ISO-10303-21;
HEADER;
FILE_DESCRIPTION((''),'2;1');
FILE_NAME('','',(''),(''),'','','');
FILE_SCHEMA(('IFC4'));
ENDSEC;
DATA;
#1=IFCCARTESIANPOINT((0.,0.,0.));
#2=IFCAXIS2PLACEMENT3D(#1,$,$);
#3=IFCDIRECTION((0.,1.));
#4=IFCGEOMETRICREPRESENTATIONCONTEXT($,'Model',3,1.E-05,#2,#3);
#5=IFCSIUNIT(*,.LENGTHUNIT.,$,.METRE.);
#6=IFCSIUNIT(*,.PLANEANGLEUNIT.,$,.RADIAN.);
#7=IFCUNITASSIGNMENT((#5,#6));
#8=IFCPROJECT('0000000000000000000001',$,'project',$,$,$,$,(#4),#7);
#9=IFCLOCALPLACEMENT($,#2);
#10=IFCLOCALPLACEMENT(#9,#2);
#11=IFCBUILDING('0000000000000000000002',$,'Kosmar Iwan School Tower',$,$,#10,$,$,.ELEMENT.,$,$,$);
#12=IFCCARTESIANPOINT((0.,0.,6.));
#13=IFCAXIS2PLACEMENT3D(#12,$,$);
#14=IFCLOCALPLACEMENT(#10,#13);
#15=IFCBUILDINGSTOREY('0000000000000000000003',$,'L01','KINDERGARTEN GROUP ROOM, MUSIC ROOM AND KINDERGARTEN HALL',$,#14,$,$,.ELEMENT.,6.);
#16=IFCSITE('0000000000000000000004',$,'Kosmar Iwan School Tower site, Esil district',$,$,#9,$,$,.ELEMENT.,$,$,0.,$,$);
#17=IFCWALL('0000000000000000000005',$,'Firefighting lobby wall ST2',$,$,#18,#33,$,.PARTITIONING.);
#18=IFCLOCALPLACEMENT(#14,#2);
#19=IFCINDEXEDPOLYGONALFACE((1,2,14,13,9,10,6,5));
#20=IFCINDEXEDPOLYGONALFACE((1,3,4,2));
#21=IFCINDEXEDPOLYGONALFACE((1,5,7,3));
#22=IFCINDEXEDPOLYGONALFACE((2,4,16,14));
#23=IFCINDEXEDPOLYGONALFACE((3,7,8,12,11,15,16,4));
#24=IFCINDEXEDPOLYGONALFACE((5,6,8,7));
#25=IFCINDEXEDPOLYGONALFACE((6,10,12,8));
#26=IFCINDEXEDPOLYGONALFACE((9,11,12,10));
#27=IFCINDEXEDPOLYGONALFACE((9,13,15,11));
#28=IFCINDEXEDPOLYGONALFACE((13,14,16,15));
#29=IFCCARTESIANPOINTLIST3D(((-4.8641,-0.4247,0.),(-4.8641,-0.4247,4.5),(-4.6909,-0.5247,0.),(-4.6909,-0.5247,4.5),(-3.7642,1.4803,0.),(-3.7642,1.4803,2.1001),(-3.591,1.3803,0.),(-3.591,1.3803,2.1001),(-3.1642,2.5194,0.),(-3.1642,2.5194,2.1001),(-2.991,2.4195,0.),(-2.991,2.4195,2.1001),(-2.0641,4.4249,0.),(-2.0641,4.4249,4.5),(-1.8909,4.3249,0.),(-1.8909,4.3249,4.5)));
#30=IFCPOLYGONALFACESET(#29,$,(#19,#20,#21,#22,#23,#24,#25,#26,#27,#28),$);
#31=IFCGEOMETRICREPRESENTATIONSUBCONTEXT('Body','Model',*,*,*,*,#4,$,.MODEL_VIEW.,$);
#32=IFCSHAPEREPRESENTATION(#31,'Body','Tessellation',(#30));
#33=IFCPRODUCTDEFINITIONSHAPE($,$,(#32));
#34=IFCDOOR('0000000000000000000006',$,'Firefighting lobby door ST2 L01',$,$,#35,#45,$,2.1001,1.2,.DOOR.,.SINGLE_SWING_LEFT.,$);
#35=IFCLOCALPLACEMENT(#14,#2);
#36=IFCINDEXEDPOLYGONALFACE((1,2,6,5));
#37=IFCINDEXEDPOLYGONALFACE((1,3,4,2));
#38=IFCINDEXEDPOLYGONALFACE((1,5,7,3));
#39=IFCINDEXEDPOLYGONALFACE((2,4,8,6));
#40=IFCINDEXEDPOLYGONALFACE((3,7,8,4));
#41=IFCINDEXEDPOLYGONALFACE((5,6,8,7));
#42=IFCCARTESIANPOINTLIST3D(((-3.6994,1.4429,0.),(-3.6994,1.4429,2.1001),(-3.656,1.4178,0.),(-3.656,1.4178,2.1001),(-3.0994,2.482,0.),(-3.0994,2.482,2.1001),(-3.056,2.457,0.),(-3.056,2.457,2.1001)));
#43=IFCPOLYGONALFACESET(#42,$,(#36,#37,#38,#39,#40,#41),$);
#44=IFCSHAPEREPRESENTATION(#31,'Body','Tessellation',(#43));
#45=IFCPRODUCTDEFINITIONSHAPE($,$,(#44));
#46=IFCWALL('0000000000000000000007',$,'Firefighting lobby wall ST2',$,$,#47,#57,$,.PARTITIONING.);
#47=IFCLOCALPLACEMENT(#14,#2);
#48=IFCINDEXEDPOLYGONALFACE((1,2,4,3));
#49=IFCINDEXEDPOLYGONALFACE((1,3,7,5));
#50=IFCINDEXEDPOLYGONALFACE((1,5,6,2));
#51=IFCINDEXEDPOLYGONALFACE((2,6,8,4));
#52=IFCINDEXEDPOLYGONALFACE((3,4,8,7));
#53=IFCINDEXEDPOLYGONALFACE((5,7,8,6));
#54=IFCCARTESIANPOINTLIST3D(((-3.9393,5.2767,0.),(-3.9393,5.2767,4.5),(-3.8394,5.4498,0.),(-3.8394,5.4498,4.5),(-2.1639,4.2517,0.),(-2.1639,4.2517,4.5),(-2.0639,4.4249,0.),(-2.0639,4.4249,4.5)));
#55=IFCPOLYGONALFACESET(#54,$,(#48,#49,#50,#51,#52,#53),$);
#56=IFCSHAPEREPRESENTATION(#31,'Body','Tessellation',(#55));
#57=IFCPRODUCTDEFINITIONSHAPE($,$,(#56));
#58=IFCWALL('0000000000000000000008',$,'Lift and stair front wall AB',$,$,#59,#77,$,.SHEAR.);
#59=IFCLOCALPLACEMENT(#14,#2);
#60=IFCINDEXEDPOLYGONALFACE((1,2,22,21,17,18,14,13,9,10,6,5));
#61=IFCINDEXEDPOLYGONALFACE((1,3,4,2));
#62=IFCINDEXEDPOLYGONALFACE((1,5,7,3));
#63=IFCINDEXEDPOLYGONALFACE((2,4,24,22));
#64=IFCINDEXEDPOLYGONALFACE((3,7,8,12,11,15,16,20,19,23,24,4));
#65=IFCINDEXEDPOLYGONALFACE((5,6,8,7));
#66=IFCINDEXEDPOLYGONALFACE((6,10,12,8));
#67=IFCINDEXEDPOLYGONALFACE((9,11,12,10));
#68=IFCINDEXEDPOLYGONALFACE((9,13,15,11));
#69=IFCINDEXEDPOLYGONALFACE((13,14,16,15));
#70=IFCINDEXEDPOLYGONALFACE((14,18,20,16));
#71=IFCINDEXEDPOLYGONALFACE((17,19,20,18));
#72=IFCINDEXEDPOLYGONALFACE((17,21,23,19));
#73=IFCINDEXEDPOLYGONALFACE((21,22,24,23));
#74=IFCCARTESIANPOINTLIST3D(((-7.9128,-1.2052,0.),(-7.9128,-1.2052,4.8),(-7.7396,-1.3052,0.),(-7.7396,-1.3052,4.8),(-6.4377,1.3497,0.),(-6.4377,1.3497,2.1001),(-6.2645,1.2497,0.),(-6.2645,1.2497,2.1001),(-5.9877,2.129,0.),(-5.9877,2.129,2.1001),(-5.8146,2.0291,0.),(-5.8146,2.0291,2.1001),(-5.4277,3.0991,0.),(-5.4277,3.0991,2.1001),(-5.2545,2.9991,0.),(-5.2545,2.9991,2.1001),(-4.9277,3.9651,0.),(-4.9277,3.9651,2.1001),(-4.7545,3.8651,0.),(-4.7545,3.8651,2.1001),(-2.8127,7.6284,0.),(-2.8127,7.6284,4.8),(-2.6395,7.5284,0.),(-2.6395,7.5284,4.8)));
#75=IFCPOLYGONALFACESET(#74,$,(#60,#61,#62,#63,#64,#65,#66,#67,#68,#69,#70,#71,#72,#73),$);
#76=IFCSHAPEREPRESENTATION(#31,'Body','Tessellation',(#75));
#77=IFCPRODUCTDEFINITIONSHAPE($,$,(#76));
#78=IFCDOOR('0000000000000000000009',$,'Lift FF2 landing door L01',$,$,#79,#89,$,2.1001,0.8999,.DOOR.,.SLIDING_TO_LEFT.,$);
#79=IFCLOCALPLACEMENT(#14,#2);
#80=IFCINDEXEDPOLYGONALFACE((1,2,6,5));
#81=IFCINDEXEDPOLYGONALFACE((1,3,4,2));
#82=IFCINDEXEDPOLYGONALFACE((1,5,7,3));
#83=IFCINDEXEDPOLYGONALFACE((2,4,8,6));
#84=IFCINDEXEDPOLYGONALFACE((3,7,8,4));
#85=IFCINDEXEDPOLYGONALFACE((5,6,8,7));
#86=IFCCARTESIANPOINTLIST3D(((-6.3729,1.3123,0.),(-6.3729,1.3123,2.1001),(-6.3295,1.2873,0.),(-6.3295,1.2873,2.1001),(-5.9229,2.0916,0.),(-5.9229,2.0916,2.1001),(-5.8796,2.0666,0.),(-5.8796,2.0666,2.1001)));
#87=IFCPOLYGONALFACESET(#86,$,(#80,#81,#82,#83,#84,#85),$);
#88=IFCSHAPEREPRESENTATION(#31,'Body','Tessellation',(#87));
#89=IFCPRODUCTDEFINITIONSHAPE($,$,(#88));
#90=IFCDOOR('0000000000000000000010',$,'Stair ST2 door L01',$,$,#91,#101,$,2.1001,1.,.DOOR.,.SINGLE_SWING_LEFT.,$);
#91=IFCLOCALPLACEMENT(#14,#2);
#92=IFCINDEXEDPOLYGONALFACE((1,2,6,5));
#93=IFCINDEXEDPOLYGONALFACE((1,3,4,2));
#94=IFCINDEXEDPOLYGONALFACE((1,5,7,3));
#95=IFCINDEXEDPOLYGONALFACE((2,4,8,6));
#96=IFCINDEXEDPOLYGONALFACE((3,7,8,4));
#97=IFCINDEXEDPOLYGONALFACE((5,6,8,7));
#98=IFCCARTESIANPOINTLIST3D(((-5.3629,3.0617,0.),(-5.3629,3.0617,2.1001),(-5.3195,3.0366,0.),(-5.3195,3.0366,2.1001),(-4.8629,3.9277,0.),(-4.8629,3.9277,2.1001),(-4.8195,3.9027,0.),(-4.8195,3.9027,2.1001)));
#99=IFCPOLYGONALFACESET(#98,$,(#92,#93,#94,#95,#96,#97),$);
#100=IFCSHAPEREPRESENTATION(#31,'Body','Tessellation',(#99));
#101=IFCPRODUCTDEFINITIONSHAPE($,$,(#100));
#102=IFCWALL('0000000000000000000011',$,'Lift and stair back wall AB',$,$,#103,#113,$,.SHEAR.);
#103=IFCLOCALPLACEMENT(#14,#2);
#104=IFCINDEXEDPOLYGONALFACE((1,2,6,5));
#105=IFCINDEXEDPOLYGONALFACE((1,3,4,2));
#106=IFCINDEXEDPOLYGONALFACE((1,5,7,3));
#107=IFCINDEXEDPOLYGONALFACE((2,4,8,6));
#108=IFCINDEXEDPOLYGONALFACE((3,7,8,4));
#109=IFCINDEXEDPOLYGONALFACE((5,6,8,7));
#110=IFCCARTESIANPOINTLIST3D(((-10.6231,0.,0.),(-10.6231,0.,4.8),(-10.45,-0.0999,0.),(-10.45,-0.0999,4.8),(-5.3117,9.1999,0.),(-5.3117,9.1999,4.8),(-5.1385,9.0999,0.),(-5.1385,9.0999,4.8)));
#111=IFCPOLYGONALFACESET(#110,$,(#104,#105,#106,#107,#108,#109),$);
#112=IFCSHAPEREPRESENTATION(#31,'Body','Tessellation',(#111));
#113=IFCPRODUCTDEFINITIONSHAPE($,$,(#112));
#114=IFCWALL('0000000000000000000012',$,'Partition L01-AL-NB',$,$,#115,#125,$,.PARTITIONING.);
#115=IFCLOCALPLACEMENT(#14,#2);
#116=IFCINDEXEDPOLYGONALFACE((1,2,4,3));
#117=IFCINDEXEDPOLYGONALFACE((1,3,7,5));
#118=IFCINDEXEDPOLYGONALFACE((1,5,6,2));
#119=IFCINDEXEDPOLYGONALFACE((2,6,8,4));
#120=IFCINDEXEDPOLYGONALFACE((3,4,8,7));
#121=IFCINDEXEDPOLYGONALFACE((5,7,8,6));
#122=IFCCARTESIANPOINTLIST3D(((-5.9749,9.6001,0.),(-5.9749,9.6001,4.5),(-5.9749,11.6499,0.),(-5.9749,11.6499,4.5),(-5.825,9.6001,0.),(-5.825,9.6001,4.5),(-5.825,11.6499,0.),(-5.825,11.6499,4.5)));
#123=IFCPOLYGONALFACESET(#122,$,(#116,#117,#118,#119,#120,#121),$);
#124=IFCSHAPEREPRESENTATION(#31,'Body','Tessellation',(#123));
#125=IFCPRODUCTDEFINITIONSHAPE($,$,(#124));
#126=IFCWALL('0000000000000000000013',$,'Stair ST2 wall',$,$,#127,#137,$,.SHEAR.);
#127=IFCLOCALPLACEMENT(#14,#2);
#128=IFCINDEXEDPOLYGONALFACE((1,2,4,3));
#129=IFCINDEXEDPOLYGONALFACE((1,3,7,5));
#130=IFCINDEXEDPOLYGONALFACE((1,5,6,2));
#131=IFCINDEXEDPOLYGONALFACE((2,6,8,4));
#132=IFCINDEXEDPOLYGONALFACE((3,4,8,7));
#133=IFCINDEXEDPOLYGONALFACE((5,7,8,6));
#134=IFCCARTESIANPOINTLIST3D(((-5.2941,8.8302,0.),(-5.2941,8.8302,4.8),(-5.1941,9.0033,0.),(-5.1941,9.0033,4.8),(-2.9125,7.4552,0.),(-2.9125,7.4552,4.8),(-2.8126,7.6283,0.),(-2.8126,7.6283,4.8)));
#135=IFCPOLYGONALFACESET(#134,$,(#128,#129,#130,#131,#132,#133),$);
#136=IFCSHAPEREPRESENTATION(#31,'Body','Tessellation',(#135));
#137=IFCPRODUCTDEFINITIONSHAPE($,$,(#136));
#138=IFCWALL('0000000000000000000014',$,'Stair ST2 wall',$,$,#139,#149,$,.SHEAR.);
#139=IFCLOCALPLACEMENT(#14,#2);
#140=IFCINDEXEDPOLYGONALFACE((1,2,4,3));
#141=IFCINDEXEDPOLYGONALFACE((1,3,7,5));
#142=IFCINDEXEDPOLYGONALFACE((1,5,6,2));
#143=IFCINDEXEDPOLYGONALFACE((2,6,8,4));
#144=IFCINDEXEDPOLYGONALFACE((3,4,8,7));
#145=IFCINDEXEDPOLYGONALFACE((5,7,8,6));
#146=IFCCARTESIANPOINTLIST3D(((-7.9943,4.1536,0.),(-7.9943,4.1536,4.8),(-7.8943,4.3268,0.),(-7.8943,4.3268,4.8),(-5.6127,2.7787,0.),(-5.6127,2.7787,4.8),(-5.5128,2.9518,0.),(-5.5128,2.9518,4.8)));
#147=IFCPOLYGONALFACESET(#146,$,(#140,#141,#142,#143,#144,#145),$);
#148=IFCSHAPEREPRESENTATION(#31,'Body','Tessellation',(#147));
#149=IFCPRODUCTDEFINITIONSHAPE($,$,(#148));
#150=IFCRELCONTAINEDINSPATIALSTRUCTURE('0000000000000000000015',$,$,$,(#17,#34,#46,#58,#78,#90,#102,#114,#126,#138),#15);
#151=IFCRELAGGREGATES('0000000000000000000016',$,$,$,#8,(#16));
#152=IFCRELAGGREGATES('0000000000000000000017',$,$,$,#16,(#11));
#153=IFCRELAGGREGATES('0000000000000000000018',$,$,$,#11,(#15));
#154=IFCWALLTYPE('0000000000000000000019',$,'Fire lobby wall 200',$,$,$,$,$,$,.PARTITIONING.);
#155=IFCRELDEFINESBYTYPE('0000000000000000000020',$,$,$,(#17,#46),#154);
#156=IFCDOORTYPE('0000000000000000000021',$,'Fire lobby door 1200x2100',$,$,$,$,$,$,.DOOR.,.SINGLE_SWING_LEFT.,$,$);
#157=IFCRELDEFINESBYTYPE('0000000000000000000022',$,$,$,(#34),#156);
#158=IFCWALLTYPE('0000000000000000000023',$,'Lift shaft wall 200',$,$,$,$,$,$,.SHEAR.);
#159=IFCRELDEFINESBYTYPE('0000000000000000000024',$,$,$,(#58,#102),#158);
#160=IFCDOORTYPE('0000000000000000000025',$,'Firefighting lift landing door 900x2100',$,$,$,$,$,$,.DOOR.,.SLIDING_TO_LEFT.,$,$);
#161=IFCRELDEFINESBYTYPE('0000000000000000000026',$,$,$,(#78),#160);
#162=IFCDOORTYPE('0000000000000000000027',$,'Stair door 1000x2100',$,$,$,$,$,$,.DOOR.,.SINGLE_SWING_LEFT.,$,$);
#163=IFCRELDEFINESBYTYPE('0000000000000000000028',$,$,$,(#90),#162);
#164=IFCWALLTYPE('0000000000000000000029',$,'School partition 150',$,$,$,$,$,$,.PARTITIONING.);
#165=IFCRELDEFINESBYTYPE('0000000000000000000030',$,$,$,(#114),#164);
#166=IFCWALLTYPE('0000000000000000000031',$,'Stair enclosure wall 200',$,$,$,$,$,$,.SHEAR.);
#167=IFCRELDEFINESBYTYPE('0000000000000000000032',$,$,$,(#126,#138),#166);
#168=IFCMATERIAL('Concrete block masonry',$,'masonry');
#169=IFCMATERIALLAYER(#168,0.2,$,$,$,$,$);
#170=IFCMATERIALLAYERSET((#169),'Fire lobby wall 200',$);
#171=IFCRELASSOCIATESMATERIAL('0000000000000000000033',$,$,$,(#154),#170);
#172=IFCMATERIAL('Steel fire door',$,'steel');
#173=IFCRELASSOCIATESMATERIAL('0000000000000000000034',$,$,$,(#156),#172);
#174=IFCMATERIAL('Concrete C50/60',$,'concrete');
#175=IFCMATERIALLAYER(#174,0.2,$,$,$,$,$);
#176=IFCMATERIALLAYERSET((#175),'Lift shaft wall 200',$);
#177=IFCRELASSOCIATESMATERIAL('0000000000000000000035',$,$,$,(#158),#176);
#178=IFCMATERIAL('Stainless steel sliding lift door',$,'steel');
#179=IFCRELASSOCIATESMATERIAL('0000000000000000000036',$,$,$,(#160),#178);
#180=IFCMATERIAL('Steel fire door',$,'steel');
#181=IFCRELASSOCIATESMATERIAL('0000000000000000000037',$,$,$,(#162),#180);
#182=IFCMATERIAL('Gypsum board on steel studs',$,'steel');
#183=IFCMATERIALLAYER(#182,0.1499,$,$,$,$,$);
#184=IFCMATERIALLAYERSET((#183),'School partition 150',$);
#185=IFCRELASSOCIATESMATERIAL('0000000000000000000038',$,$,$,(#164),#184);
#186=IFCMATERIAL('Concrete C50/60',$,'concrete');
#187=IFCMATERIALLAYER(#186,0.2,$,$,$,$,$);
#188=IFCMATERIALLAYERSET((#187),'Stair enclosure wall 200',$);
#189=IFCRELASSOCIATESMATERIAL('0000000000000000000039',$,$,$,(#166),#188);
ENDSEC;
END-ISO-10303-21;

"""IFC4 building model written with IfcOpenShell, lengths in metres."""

from ifc_helpers import new_model, si_unit, direction, frame, frame_2d, origin, place, context, subcontext, project, spatial, rectangle, extrude, material, layer, layer_set, type_object, element, fill, save


model = new_model("IFC4")

# Units and contexts
model_context = context("Model", 3, precision=1e-05, world=origin(), true_north=direction((0.0, 1.0)))
body_context = subcontext(model_context, "Body", "Model", "MODEL_VIEW")
ifc_project = project(units=[si_unit("LENGTHUNIT", "METRE"), si_unit("PLANEANGLEUNIT", "RADIAN")], contexts=[model_context])

# Site, building, storey
site_placement = place(None, origin())
site = spatial("IfcSite", under=ifc_project, at=site_placement, Name="Kosmar Iwan School Tower site, Esil district", CompositionType="ELEMENT", RefElevation=0.0)
building_placement = place(site_placement, origin())
building = spatial("IfcBuilding", under=site, at=building_placement, Name="Kosmar Iwan School Tower", CompositionType="ELEMENT")
storey_placement = place(building_placement, frame((0.0, 0.0, 6.0)))
storey = spatial("IfcBuildingStorey", under=building, at=storey_placement, Name="L01", Description="KINDERGARTEN GROUP ROOM, MUSIC ROOM AND KINDERGARTEN HALL", CompositionType="ELEMENT", Elevation=6.0)

# Wall, opening, door
ifc_material_1 = material(Name="Concrete block masonry", Category="masonry")
ifc_layer_1 = layer(ifc_material_1, 0.2)
ifc_layer_set_1 = layer_set([ifc_layer_1], Name="Fire lobby wall 200")
wall_type_1 = type_object("IfcWallType", Name="Fire lobby wall 200", PredefinedType="PARTITIONING", material=ifc_layer_set_1)
wall_1_placement = place(storey_placement, frame((-1.9775, 4.3748, 0.0), z_axis=(0.0, 0.0, 1.0), x_axis=(-0.500017, -0.866016, 0.0)))
wall_1 = element("IfcWall", 1, at=wall_1_placement, inside=storey, type_object=wall_type_1, Name="Firefighting lobby wall ST2", PredefinedType="PARTITIONING", context=body_context, shape_type="SweptSolid", body=[
    extrude(rectangle(XDim=5.5999, YDim=0.2, at=frame_2d((2.7998, 0.0))), origin(), (0.0, 0.0, 1.0), 4.5),
])
opening_1_placement = place(wall_1_placement, frame((2.2, 0.0, 0.0)))
opening_1 = element("IfcOpeningElement", 2, at=opening_1_placement, cuts=wall_1, PredefinedType="OPENING", context=body_context, shape_type="SweptSolid", body=[
    extrude(rectangle(XDim=1.2, YDim=2.1001, at=frame_2d((0.6001, 1.05))), frame((0.0, 0.1121, 0.0), z_axis=(0.0, -1.0, 0.0), x_axis=(1.0, 0.0, 0.0)), (0.0, 0.0, 1.0), 0.2239),
])
ifc_material_2 = material(Name="Steel fire door", Category="steel")
door_type_1 = type_object("IfcDoorType", Name="Fire lobby door 1200x2100", OperationType="SINGLE_SWING_LEFT", PredefinedType="DOOR", material=ifc_material_2)
door_1_placement = place(opening_1_placement, origin())
door_1 = element("IfcDoor", 3, at=door_1_placement, inside=storey, type_object=door_type_1, Name="Firefighting lobby door ST2 L01", OperationType="SINGLE_SWING_LEFT", OverallHeight=2.1001, OverallWidth=1.2, PredefinedType="DOOR", context=body_context, shape_type="SweptSolid", body=[
    extrude(rectangle(XDim=1.2, YDim=2.1001, at=frame_2d((0.6001, 1.05))), frame((0.0, 0.0249, 0.0), z_axis=(0.0, -1.0, 0.0), x_axis=(1.0, 0.0, 0.0)), (0.0, 0.0, 1.0), 0.05),
])
fill(opening_1, door_1)

# Wall
wall_2_placement = place(storey_placement, frame((-2.114, 4.3384, 0.0), z_axis=(0.0, 0.0, 1.0), x_axis=(-0.866051, 0.499956, 0.0)))
element("IfcWall", 4, at=wall_2_placement, inside=storey, type_object=wall_type_1, Name="Firefighting lobby wall ST2", PredefinedType="PARTITIONING", context=body_context, shape_type="SweptSolid", body=[
    extrude(rectangle(XDim=2.05, YDim=0.2, at=frame_2d((1.0249, 0.0))), origin(), (0.0, 0.0, 1.0), 4.5),
])

# Wall, openings, doors
ifc_material_3 = material(Name="Concrete C50/60", Category="concrete")
ifc_layer_2 = layer(ifc_material_3, 0.2)
ifc_layer_set_2 = layer_set([ifc_layer_2], Name="Lift shaft wall 200")
wall_type_2 = type_object("IfcWallType", Name="Lift shaft wall 200", PredefinedType="SHEAR", material=ifc_layer_set_2)
wall_3_placement = place(storey_placement, frame((-2.7261, 7.5784, 0.0), z_axis=(0.0, 0.0, 1.0), x_axis=(-0.500006, -0.866022, 0.0)))
wall_3 = element("IfcWall", 5, at=wall_3_placement, inside=storey, type_object=wall_type_2, Name="Lift and stair front wall AB", PredefinedType="SHEAR", context=body_context, shape_type="SweptSolid", body=[
    extrude(rectangle(XDim=10.2002, YDim=0.2, at=frame_2d((5.1001, 0.0))), origin(), (0.0, 0.0, 1.0), 4.8),
])
opening_2_placement = place(wall_3_placement, frame((6.3501, 0.0, 0.0)))
opening_2 = element("IfcOpeningElement", 6, at=opening_2_placement, cuts=wall_3, PredefinedType="OPENING", context=body_context, shape_type="SweptSolid", body=[
    extrude(rectangle(XDim=0.8999, YDim=2.1001, at=frame_2d((0.45, 1.05))), frame((0.0, 0.1121, 0.0), z_axis=(0.0, -1.0, 0.0), x_axis=(1.0, 0.0, 0.0)), (0.0, 0.0, 1.0), 0.2239),
])
opening_3_placement = place(wall_3_placement, frame((4.23, 0.0, 0.0)))
opening_3 = element("IfcOpeningElement", 7, at=opening_3_placement, cuts=wall_3, PredefinedType="OPENING", context=body_context, shape_type="SweptSolid", body=[
    extrude(rectangle(XDim=1.0, YDim=2.1001, at=frame_2d((0.5, 1.05))), frame((0.0, 0.1121, 0.0), z_axis=(0.0, -1.0, 0.0), x_axis=(1.0, 0.0, 0.0)), (0.0, 0.0, 1.0), 0.2239),
])
ifc_material_4 = material(Name="Stainless steel sliding lift door", Category="steel")
door_type_2 = type_object("IfcDoorType", Name="Firefighting lift landing door 900x2100", OperationType="SLIDING_TO_LEFT", PredefinedType="DOOR", material=ifc_material_4)
door_2_placement = place(opening_2_placement, origin())
door_2 = element("IfcDoor", 8, at=door_2_placement, inside=storey, type_object=door_type_2, Name="Lift FF2 landing door L01", OperationType="SLIDING_TO_LEFT", OverallHeight=2.1001, OverallWidth=0.8999, PredefinedType="DOOR", context=body_context, shape_type="SweptSolid", body=[
    extrude(rectangle(XDim=0.8999, YDim=2.1001, at=frame_2d((0.45, 1.05))), frame((0.0, 0.0249, 0.0), z_axis=(0.0, -1.0, 0.0), x_axis=(1.0, 0.0, 0.0)), (0.0, 0.0, 1.0), 0.05),
])
fill(opening_2, door_2)
ifc_material_5 = material(Name="Steel fire door", Category="steel")
door_type_3 = type_object("IfcDoorType", Name="Stair door 1000x2100", OperationType="SINGLE_SWING_LEFT", PredefinedType="DOOR", material=ifc_material_5)
door_3_placement = place(opening_3_placement, origin())
door_3 = element("IfcDoor", 9, at=door_3_placement, inside=storey, type_object=door_type_3, Name="Stair ST2 door L01", OperationType="SINGLE_SWING_LEFT", OverallHeight=2.1001, OverallWidth=1.0, PredefinedType="DOOR", context=body_context, shape_type="SweptSolid", body=[
    extrude(rectangle(XDim=1.0, YDim=2.1001, at=frame_2d((0.5, 1.05))), frame((0.0, 0.0249, 0.0), z_axis=(0.0, -1.0, 0.0), x_axis=(1.0, 0.0, 0.0)), (0.0, 0.0, 1.0), 0.05),
])
fill(opening_3, door_3)

# Walls
wall_4_placement = place(storey_placement, frame((-5.2251, 9.1499, 0.0), z_axis=(0.0, 0.0, 1.0), x_axis=(-0.499995, -0.866028, 0.0)))
element("IfcWall", 10, at=wall_4_placement, inside=storey, type_object=wall_type_2, Name="Lift and stair back wall AB", PredefinedType="SHEAR", context=body_context, shape_type="SweptSolid", body=[
    extrude(rectangle(XDim=10.623, YDim=0.2, at=frame_2d((5.3115, 0.0))), origin(), (0.0, 0.0, 1.0), 4.8),
])
ifc_material_6 = material(Name="Gypsum board on steel studs", Category="steel")
ifc_layer_3 = layer(ifc_material_6, 0.1499)
ifc_layer_set_3 = layer_set([ifc_layer_3], Name="School partition 150")
wall_type_3 = type_object("IfcWallType", Name="School partition 150", PredefinedType="PARTITIONING", material=ifc_layer_set_3)
wall_5_placement = place(storey_placement, frame((-5.8999, 9.6001, 0.0), z_axis=(0.0, 0.0, 1.0), x_axis=(0.0, 1.0, 0.0)))
element("IfcWall", 11, at=wall_5_placement, inside=storey, type_object=wall_type_3, Name="Partition L01-AL-NB", PredefinedType="PARTITIONING", context=body_context, shape_type="SweptSolid", body=[
    extrude(rectangle(XDim=2.0498, YDim=0.1499, at=frame_2d((1.0249, 0.0))), origin(), (0.0, 0.0, 1.0), 4.5),
])
ifc_material_7 = material(Name="Concrete C50/60", Category="concrete")
ifc_layer_4 = layer(ifc_material_7, 0.2)
ifc_layer_set_4 = layer_set([ifc_layer_4], Name="Stair enclosure wall 200")
wall_type_4 = type_object("IfcWallType", Name="Stair enclosure wall 200", PredefinedType="SHEAR", material=ifc_layer_set_4)
for number, where, z_axis, x_axis, name in (
    (12, (-2.8625, 7.5417, 0.0), (0.0, 0.0, 1.0), (-0.866027, 0.499997, 0.0), "Stair ST2 wall"),
    (13, (-5.5627, 2.8652, 0.0), (0.0, 0.0, 1.0), (-0.866027, 0.499997, 0.0), "Stair ST2 wall"),
):
    element("IfcWall", number, at=place(storey_placement, frame(where, z_axis=z_axis, x_axis=x_axis)), inside=storey, type_object=wall_type_4, Name=name, PredefinedType="SHEAR", context=body_context, shape_type="SweptSolid", body=[
        extrude(rectangle(XDim=2.75, YDim=0.2, at=frame_2d((1.375, 0.0))), origin(), (0.0, 0.0, 1.0), 4.8),
    ])

save(model, "model.ifc")
